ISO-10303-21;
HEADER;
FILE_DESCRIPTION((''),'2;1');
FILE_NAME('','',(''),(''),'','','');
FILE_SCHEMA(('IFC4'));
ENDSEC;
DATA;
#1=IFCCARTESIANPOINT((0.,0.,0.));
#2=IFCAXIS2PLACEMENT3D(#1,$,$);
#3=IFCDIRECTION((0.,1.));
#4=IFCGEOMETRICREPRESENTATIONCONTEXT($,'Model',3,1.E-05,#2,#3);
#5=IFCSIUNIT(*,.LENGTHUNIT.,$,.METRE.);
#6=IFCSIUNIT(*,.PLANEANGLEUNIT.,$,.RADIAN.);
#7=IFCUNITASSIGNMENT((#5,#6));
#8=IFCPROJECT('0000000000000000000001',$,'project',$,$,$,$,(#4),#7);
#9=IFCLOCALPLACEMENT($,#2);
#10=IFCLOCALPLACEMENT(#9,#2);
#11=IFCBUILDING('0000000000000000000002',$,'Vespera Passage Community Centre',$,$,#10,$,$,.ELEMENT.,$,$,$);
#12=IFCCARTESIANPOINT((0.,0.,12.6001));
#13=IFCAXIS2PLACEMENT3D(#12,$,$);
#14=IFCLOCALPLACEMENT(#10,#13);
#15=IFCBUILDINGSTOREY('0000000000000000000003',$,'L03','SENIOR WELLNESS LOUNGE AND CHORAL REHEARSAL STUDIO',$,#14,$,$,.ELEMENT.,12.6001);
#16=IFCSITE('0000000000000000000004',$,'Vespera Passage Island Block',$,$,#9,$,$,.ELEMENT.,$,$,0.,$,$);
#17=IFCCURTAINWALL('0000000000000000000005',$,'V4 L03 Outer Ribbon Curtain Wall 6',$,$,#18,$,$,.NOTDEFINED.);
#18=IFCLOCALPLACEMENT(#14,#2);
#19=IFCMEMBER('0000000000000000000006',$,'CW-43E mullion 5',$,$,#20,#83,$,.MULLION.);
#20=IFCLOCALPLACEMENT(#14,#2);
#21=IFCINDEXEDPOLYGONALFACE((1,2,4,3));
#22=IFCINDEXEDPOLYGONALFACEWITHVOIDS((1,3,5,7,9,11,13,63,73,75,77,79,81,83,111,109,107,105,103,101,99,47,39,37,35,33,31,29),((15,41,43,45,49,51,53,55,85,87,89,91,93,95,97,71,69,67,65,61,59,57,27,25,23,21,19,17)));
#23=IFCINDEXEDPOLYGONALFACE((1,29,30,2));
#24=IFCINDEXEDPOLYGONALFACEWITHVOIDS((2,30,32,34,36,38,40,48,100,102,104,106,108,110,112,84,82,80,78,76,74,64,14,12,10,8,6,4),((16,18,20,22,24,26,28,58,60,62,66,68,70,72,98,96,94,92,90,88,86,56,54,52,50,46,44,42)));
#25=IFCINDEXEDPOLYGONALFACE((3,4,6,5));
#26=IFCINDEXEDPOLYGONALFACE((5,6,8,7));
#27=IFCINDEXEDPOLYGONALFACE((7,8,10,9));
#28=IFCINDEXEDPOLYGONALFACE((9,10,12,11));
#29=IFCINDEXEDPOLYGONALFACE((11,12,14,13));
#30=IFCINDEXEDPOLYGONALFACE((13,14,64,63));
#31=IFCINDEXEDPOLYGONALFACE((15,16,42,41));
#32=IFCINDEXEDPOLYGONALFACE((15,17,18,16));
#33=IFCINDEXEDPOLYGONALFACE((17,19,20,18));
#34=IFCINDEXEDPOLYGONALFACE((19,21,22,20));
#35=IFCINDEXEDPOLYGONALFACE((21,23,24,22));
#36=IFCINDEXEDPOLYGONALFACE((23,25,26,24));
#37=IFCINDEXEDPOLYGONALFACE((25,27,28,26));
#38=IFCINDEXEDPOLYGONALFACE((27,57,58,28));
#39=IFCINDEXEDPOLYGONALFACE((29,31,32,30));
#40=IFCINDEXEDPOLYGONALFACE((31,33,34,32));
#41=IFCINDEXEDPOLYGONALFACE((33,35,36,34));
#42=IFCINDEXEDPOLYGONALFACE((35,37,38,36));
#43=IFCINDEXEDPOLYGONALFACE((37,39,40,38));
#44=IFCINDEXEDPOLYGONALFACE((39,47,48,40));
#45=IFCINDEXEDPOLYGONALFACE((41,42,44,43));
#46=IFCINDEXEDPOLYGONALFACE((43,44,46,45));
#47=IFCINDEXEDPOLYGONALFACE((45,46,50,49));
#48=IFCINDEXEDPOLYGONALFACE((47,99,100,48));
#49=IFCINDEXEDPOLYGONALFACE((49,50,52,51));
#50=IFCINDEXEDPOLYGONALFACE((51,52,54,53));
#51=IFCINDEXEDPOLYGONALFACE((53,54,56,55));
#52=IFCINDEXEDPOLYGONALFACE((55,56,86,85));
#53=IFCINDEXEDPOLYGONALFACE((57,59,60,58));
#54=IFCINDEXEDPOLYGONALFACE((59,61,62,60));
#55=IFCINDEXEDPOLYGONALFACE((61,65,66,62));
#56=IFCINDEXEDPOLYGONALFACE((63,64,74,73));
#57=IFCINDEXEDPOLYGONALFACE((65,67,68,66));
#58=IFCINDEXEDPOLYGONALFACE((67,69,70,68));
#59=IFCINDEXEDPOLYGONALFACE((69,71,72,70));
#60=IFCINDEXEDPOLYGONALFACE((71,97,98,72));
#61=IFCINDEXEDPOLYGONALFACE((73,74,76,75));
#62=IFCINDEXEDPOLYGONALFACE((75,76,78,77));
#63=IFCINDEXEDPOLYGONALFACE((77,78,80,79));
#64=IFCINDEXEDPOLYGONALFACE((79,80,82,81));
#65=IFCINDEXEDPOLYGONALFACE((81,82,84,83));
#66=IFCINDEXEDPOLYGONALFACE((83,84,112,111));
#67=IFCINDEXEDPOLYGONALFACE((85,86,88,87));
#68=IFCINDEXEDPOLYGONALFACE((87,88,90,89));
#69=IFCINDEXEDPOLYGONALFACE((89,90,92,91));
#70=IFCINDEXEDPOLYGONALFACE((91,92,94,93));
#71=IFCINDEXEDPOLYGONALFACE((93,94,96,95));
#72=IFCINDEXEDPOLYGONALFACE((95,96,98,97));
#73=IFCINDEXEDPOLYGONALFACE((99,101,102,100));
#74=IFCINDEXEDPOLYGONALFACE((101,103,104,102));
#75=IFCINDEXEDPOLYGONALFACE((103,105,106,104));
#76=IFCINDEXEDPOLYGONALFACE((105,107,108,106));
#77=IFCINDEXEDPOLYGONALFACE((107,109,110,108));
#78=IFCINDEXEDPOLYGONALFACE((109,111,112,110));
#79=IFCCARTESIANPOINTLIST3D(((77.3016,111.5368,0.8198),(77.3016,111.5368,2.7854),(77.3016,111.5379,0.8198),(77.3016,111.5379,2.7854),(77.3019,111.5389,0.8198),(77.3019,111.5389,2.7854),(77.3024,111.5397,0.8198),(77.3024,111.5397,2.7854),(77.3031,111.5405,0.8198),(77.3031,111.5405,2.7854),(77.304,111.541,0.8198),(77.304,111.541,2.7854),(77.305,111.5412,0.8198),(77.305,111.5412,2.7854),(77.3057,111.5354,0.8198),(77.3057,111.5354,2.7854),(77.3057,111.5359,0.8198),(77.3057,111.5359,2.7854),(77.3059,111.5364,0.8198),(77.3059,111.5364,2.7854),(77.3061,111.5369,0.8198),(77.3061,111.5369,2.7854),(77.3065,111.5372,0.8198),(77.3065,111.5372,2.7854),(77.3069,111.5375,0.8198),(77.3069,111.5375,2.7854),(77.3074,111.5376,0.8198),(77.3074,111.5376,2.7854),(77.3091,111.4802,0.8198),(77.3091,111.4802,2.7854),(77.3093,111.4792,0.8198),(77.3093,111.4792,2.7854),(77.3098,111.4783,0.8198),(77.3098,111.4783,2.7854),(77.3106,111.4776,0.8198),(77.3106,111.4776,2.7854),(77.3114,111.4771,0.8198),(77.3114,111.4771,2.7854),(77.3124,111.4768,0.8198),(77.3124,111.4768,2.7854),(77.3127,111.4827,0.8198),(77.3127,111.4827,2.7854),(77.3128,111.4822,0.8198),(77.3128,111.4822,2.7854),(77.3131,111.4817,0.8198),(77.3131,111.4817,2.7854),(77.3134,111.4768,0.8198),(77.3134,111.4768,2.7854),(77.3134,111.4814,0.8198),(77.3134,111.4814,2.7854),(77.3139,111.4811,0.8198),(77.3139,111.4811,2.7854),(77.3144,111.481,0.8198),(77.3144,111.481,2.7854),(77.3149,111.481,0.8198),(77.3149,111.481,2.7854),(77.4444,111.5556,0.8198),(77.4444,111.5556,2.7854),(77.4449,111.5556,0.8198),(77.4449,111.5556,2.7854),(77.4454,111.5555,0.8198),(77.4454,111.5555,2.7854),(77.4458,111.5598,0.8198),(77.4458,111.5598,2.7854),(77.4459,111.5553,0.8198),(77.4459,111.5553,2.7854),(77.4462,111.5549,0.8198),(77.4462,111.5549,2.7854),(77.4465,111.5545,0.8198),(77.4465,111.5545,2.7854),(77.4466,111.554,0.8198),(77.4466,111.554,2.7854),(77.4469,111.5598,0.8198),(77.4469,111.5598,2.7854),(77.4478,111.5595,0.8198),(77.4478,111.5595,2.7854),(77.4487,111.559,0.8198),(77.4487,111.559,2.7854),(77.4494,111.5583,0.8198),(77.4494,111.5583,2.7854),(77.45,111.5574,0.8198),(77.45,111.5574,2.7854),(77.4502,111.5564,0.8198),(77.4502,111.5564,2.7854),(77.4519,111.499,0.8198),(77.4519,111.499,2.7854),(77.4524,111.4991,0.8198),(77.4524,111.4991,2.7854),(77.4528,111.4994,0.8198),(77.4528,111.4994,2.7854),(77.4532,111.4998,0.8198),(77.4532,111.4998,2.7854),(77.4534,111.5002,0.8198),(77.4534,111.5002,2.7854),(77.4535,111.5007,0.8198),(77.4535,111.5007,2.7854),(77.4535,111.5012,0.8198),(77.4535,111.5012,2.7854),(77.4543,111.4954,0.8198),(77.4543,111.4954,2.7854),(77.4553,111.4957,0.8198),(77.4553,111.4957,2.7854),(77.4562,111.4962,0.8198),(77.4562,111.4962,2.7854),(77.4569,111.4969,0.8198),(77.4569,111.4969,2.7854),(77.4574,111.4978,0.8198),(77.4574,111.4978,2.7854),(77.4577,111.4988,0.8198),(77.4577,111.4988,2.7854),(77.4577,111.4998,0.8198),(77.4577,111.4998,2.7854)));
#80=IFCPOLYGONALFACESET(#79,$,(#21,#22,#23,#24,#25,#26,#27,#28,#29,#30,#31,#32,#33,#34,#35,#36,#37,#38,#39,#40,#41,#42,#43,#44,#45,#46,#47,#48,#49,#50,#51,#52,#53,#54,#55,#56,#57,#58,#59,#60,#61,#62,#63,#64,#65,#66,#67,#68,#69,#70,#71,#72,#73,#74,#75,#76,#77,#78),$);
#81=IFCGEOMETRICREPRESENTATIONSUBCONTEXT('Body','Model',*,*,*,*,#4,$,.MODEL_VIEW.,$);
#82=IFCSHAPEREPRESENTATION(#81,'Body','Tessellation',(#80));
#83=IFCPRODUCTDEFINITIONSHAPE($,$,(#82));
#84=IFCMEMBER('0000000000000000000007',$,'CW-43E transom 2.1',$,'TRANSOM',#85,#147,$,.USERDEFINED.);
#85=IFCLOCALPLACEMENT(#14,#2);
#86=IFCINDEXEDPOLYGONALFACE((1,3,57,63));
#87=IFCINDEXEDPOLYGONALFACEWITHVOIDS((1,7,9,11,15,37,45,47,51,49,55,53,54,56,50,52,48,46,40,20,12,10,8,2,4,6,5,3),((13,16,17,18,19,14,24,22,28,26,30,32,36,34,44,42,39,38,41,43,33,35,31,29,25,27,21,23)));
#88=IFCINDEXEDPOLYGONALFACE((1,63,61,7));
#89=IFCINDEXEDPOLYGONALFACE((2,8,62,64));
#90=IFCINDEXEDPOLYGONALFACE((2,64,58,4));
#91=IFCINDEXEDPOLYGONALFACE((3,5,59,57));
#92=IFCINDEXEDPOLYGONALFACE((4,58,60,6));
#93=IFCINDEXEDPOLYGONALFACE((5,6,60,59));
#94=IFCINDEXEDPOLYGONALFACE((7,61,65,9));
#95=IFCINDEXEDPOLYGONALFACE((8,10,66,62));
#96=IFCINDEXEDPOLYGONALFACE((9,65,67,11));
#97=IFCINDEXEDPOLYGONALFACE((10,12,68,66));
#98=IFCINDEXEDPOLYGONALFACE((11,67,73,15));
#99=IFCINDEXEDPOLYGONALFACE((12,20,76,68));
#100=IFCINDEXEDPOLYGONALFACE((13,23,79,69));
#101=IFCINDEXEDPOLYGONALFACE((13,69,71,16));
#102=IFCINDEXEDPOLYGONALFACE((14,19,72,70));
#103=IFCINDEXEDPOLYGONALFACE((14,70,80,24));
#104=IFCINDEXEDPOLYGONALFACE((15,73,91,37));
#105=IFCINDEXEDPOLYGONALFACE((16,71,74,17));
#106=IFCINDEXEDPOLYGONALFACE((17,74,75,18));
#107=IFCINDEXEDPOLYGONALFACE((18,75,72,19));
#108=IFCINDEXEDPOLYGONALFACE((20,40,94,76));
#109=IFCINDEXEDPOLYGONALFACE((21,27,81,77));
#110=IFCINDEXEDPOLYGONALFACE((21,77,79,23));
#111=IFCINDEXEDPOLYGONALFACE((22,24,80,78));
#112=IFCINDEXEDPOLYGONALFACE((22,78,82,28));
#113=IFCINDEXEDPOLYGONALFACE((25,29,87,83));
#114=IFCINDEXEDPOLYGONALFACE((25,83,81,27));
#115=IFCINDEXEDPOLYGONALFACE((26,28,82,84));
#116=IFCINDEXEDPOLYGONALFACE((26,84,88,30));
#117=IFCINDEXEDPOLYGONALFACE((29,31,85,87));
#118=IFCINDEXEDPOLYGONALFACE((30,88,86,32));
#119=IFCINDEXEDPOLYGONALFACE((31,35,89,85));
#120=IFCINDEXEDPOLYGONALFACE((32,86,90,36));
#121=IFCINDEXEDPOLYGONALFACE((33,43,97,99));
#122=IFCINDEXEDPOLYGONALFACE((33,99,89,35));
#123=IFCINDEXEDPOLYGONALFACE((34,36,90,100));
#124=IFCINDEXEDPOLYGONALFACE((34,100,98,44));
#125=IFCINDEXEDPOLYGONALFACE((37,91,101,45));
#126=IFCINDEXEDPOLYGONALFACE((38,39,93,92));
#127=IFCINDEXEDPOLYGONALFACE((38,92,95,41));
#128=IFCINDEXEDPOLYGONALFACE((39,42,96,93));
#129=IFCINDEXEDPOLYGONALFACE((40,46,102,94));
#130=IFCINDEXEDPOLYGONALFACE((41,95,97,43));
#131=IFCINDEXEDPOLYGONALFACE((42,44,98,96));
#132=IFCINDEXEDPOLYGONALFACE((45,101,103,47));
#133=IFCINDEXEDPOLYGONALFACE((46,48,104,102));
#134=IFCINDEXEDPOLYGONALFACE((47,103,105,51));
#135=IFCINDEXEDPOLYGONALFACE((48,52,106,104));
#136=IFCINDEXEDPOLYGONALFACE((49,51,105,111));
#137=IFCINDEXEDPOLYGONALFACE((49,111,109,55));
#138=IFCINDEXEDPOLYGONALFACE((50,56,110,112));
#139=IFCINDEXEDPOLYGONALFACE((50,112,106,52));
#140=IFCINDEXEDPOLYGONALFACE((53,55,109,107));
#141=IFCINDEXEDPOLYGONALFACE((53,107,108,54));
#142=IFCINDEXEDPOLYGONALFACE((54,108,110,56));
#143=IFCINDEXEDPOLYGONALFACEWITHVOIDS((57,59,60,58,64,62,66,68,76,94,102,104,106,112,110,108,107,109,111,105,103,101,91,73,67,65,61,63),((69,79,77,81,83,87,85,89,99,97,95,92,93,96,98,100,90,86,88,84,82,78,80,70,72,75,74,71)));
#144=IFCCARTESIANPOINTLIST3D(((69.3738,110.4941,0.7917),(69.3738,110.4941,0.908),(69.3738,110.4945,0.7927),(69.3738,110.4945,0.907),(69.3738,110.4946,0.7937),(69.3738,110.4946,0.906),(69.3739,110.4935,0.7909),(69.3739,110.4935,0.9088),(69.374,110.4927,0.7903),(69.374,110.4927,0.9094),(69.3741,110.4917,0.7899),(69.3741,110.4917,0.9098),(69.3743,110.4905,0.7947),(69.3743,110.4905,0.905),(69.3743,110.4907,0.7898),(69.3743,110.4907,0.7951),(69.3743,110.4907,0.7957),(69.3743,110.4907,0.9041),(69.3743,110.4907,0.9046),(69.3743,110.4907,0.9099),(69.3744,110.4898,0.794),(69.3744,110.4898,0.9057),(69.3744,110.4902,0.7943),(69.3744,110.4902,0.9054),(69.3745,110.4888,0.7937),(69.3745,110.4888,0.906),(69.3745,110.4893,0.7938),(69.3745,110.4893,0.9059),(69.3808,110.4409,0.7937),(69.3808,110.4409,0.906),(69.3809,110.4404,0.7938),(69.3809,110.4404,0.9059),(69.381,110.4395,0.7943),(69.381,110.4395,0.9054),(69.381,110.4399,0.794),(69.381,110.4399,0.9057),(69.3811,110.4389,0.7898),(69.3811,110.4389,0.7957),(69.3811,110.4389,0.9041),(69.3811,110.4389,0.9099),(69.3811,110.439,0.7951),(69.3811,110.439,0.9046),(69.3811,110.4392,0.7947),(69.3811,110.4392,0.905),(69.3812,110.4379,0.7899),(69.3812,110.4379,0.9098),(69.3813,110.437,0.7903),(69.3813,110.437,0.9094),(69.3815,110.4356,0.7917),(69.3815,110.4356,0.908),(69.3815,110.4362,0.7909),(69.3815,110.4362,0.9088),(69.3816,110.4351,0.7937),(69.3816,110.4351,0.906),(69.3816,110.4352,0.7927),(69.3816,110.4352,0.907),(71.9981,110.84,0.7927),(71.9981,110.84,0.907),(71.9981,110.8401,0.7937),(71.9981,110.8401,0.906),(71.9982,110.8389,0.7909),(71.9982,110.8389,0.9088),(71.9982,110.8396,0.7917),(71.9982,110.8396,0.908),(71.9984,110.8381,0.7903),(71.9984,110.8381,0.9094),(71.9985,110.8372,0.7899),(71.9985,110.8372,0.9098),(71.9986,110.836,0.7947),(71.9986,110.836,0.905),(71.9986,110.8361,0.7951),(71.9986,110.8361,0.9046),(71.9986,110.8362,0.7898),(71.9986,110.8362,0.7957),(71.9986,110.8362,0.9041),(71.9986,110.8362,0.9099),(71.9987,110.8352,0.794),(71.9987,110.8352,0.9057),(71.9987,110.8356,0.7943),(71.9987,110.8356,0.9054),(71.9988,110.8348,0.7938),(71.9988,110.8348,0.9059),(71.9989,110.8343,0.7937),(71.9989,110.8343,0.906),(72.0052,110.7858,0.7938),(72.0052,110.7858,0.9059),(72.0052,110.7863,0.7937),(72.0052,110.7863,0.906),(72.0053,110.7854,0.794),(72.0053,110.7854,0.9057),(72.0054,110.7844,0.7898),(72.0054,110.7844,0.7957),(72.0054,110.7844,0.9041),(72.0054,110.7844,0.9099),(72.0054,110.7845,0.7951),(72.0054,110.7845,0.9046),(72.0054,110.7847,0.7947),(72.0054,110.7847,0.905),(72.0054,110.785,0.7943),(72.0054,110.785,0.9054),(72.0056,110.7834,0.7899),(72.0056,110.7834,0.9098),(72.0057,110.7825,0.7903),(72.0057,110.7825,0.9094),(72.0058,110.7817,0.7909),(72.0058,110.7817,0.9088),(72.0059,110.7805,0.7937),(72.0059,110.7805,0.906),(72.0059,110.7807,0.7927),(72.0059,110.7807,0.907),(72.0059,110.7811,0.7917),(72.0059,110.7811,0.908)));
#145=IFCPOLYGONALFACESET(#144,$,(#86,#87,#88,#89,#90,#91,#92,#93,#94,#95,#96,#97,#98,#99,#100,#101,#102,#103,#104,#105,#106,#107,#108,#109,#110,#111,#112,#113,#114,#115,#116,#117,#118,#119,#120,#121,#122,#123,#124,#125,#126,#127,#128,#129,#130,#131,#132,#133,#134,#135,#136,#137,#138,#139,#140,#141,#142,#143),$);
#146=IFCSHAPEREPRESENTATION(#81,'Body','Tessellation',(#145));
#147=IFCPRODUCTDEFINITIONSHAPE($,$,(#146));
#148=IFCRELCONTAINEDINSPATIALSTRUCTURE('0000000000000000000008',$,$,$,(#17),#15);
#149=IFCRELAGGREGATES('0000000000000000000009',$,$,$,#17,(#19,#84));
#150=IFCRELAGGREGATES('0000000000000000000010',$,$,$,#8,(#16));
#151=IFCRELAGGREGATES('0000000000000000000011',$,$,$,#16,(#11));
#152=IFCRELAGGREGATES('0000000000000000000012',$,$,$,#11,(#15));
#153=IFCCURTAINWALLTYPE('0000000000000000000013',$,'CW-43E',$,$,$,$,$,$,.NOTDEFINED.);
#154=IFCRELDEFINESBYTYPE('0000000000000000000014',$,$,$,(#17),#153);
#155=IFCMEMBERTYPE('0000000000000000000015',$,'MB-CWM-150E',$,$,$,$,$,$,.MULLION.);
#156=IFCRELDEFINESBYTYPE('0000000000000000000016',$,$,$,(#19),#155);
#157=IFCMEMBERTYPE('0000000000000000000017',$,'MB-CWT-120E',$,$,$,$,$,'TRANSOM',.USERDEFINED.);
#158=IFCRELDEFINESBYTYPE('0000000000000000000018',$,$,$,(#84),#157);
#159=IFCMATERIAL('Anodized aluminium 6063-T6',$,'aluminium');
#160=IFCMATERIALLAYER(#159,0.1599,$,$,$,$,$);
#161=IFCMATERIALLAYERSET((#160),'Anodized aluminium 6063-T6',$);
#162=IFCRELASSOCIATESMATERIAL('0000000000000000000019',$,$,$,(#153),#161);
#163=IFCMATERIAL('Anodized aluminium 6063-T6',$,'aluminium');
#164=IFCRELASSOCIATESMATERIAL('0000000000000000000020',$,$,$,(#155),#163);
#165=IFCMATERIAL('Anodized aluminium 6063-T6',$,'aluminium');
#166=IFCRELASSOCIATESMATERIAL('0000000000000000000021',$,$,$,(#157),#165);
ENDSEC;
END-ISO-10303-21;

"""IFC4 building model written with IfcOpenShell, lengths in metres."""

from ifc_helpers import new_model, si_unit, direction, frame, origin, origin_2d, place, context, subcontext, project, spatial, hollow_rectangle, extrude, material, layer, layer_set, material_profile, profile_set, type_object, element, aggregate, save


model = new_model("IFC4")

# Units and contexts
model_context = context("Model", 3, precision=1e-05, world=origin(), true_north=direction((0.0, 1.0)))
body_context = subcontext(model_context, "Body", "Model", "MODEL_VIEW")
ifc_project = project(units=[si_unit("LENGTHUNIT", "METRE"), si_unit("PLANEANGLEUNIT", "RADIAN")], contexts=[model_context])

# Site, building, storey
site_placement = place(None, origin())
site = spatial("IfcSite", under=ifc_project, at=site_placement, Name="Vespera Passage Island Block", CompositionType="ELEMENT", RefElevation=0.0)
building_placement = place(site_placement, origin())
building = spatial("IfcBuilding", under=site, at=building_placement, Name="Vespera Passage Community Centre", CompositionType="ELEMENT")
storey_placement = place(building_placement, frame((0.0, 0.0, 12.6001)))
storey = spatial("IfcBuildingStorey", under=building, at=storey_placement, Name="L03", Description="SENIOR WELLNESS LOUNGE AND CHORAL REHEARSAL STUDIO", CompositionType="ELEMENT", Elevation=12.6001)

# Curtain wall, members
ifc_material_1 = material(Name="Anodized aluminium 6063-T6", Category="aluminium")
ifc_layer_1 = layer(ifc_material_1, 0.1599)
ifc_layer_set_1 = layer_set([ifc_layer_1], Name="Anodized aluminium 6063-T6")
curtain_wall_type = type_object("IfcCurtainWallType", Name="CW-43E", PredefinedType="NOTDEFINED", material=ifc_layer_set_1)
curtain_wall_placement = place(storey_placement, origin())
curtain_wall = element("IfcCurtainWall", 1, at=curtain_wall_placement, inside=storey, type_object=curtain_wall_type, Name="V4 L03 Outer Ribbon Curtain Wall 6", PredefinedType="NOTDEFINED")
ifc_material_2 = material(Name="Anodized aluminium 6063-T6", Category="aluminium")
ifc_material_profile_1 = material_profile(ifc_material_2, hollow_rectangle(XDim=0.0649, YDim=0.1499, WallThickness=0.0039, InnerFilletRadius=0.002, OuterFilletRadius=0.0039, at=origin_2d()), Name="ALU150X65X4")
ifc_profile_set_1 = profile_set([ifc_material_profile_1], Name="Anodized aluminium 6063-T6")
member_type_1 = type_object("IfcMemberType", Name="MB-CWM-150E", PredefinedType="MULLION", material=ifc_profile_set_1)
member_1_placement = place(storey_placement, frame((77.3796, 111.5183, 0.8198), z_axis=(0.0, 0.0, 1.0), x_axis=(-0.130531, 0.991444, 0.0)))
member_1 = element("IfcMember", 2, at=member_1_placement, type_object=member_type_1, Name="CW-43E mullion 5", PredefinedType="MULLION", context=body_context, shape_type="SweptSolid", body=[
    extrude(hollow_rectangle(XDim=0.0649, YDim=0.1499, WallThickness=0.0039, InnerFilletRadius=0.002, OuterFilletRadius=0.0039, at=origin_2d()), origin(), (0.0, 0.0, 1.0), 1.9656),
])
ifc_material_3 = material(Name="Anodized aluminium 6063-T6", Category="aluminium")
ifc_material_profile_2 = material_profile(ifc_material_3, hollow_rectangle(XDim=0.0601, YDim=0.1201, WallThickness=0.0039, InnerFilletRadius=0.002, OuterFilletRadius=0.0039, at=origin_2d()), Name="ALU120X60X4")
ifc_profile_set_2 = profile_set([ifc_material_profile_2], Name="Anodized aluminium 6063-T6")
member_type_2 = type_object("IfcMemberType", Name="MB-CWT-120E", ElementType="TRANSOM", PredefinedType="USERDEFINED", material=ifc_profile_set_2)
member_2_placement = place(storey_placement, frame((69.3777, 110.4648, 0.8499), z_axis=(0.991446, 0.130514, 0.0), x_axis=(-0.130514, 0.991446, 0.0)))
member_2 = element("IfcMember", 3, at=member_2_placement, type_object=member_type_2, Name="CW-43E transom 2.1", ObjectType="TRANSOM", PredefinedType="USERDEFINED", context=body_context, shape_type="SweptSolid", body=[
    extrude(hollow_rectangle(XDim=0.0601, YDim=0.1201, WallThickness=0.0039, InnerFilletRadius=0.002, OuterFilletRadius=0.0039, at=origin_2d()), origin(), (0.0, 0.0, 1.0), 2.647),
])
aggregate(curtain_wall, [member_1, member_2])

save(model, "model.ifc")
